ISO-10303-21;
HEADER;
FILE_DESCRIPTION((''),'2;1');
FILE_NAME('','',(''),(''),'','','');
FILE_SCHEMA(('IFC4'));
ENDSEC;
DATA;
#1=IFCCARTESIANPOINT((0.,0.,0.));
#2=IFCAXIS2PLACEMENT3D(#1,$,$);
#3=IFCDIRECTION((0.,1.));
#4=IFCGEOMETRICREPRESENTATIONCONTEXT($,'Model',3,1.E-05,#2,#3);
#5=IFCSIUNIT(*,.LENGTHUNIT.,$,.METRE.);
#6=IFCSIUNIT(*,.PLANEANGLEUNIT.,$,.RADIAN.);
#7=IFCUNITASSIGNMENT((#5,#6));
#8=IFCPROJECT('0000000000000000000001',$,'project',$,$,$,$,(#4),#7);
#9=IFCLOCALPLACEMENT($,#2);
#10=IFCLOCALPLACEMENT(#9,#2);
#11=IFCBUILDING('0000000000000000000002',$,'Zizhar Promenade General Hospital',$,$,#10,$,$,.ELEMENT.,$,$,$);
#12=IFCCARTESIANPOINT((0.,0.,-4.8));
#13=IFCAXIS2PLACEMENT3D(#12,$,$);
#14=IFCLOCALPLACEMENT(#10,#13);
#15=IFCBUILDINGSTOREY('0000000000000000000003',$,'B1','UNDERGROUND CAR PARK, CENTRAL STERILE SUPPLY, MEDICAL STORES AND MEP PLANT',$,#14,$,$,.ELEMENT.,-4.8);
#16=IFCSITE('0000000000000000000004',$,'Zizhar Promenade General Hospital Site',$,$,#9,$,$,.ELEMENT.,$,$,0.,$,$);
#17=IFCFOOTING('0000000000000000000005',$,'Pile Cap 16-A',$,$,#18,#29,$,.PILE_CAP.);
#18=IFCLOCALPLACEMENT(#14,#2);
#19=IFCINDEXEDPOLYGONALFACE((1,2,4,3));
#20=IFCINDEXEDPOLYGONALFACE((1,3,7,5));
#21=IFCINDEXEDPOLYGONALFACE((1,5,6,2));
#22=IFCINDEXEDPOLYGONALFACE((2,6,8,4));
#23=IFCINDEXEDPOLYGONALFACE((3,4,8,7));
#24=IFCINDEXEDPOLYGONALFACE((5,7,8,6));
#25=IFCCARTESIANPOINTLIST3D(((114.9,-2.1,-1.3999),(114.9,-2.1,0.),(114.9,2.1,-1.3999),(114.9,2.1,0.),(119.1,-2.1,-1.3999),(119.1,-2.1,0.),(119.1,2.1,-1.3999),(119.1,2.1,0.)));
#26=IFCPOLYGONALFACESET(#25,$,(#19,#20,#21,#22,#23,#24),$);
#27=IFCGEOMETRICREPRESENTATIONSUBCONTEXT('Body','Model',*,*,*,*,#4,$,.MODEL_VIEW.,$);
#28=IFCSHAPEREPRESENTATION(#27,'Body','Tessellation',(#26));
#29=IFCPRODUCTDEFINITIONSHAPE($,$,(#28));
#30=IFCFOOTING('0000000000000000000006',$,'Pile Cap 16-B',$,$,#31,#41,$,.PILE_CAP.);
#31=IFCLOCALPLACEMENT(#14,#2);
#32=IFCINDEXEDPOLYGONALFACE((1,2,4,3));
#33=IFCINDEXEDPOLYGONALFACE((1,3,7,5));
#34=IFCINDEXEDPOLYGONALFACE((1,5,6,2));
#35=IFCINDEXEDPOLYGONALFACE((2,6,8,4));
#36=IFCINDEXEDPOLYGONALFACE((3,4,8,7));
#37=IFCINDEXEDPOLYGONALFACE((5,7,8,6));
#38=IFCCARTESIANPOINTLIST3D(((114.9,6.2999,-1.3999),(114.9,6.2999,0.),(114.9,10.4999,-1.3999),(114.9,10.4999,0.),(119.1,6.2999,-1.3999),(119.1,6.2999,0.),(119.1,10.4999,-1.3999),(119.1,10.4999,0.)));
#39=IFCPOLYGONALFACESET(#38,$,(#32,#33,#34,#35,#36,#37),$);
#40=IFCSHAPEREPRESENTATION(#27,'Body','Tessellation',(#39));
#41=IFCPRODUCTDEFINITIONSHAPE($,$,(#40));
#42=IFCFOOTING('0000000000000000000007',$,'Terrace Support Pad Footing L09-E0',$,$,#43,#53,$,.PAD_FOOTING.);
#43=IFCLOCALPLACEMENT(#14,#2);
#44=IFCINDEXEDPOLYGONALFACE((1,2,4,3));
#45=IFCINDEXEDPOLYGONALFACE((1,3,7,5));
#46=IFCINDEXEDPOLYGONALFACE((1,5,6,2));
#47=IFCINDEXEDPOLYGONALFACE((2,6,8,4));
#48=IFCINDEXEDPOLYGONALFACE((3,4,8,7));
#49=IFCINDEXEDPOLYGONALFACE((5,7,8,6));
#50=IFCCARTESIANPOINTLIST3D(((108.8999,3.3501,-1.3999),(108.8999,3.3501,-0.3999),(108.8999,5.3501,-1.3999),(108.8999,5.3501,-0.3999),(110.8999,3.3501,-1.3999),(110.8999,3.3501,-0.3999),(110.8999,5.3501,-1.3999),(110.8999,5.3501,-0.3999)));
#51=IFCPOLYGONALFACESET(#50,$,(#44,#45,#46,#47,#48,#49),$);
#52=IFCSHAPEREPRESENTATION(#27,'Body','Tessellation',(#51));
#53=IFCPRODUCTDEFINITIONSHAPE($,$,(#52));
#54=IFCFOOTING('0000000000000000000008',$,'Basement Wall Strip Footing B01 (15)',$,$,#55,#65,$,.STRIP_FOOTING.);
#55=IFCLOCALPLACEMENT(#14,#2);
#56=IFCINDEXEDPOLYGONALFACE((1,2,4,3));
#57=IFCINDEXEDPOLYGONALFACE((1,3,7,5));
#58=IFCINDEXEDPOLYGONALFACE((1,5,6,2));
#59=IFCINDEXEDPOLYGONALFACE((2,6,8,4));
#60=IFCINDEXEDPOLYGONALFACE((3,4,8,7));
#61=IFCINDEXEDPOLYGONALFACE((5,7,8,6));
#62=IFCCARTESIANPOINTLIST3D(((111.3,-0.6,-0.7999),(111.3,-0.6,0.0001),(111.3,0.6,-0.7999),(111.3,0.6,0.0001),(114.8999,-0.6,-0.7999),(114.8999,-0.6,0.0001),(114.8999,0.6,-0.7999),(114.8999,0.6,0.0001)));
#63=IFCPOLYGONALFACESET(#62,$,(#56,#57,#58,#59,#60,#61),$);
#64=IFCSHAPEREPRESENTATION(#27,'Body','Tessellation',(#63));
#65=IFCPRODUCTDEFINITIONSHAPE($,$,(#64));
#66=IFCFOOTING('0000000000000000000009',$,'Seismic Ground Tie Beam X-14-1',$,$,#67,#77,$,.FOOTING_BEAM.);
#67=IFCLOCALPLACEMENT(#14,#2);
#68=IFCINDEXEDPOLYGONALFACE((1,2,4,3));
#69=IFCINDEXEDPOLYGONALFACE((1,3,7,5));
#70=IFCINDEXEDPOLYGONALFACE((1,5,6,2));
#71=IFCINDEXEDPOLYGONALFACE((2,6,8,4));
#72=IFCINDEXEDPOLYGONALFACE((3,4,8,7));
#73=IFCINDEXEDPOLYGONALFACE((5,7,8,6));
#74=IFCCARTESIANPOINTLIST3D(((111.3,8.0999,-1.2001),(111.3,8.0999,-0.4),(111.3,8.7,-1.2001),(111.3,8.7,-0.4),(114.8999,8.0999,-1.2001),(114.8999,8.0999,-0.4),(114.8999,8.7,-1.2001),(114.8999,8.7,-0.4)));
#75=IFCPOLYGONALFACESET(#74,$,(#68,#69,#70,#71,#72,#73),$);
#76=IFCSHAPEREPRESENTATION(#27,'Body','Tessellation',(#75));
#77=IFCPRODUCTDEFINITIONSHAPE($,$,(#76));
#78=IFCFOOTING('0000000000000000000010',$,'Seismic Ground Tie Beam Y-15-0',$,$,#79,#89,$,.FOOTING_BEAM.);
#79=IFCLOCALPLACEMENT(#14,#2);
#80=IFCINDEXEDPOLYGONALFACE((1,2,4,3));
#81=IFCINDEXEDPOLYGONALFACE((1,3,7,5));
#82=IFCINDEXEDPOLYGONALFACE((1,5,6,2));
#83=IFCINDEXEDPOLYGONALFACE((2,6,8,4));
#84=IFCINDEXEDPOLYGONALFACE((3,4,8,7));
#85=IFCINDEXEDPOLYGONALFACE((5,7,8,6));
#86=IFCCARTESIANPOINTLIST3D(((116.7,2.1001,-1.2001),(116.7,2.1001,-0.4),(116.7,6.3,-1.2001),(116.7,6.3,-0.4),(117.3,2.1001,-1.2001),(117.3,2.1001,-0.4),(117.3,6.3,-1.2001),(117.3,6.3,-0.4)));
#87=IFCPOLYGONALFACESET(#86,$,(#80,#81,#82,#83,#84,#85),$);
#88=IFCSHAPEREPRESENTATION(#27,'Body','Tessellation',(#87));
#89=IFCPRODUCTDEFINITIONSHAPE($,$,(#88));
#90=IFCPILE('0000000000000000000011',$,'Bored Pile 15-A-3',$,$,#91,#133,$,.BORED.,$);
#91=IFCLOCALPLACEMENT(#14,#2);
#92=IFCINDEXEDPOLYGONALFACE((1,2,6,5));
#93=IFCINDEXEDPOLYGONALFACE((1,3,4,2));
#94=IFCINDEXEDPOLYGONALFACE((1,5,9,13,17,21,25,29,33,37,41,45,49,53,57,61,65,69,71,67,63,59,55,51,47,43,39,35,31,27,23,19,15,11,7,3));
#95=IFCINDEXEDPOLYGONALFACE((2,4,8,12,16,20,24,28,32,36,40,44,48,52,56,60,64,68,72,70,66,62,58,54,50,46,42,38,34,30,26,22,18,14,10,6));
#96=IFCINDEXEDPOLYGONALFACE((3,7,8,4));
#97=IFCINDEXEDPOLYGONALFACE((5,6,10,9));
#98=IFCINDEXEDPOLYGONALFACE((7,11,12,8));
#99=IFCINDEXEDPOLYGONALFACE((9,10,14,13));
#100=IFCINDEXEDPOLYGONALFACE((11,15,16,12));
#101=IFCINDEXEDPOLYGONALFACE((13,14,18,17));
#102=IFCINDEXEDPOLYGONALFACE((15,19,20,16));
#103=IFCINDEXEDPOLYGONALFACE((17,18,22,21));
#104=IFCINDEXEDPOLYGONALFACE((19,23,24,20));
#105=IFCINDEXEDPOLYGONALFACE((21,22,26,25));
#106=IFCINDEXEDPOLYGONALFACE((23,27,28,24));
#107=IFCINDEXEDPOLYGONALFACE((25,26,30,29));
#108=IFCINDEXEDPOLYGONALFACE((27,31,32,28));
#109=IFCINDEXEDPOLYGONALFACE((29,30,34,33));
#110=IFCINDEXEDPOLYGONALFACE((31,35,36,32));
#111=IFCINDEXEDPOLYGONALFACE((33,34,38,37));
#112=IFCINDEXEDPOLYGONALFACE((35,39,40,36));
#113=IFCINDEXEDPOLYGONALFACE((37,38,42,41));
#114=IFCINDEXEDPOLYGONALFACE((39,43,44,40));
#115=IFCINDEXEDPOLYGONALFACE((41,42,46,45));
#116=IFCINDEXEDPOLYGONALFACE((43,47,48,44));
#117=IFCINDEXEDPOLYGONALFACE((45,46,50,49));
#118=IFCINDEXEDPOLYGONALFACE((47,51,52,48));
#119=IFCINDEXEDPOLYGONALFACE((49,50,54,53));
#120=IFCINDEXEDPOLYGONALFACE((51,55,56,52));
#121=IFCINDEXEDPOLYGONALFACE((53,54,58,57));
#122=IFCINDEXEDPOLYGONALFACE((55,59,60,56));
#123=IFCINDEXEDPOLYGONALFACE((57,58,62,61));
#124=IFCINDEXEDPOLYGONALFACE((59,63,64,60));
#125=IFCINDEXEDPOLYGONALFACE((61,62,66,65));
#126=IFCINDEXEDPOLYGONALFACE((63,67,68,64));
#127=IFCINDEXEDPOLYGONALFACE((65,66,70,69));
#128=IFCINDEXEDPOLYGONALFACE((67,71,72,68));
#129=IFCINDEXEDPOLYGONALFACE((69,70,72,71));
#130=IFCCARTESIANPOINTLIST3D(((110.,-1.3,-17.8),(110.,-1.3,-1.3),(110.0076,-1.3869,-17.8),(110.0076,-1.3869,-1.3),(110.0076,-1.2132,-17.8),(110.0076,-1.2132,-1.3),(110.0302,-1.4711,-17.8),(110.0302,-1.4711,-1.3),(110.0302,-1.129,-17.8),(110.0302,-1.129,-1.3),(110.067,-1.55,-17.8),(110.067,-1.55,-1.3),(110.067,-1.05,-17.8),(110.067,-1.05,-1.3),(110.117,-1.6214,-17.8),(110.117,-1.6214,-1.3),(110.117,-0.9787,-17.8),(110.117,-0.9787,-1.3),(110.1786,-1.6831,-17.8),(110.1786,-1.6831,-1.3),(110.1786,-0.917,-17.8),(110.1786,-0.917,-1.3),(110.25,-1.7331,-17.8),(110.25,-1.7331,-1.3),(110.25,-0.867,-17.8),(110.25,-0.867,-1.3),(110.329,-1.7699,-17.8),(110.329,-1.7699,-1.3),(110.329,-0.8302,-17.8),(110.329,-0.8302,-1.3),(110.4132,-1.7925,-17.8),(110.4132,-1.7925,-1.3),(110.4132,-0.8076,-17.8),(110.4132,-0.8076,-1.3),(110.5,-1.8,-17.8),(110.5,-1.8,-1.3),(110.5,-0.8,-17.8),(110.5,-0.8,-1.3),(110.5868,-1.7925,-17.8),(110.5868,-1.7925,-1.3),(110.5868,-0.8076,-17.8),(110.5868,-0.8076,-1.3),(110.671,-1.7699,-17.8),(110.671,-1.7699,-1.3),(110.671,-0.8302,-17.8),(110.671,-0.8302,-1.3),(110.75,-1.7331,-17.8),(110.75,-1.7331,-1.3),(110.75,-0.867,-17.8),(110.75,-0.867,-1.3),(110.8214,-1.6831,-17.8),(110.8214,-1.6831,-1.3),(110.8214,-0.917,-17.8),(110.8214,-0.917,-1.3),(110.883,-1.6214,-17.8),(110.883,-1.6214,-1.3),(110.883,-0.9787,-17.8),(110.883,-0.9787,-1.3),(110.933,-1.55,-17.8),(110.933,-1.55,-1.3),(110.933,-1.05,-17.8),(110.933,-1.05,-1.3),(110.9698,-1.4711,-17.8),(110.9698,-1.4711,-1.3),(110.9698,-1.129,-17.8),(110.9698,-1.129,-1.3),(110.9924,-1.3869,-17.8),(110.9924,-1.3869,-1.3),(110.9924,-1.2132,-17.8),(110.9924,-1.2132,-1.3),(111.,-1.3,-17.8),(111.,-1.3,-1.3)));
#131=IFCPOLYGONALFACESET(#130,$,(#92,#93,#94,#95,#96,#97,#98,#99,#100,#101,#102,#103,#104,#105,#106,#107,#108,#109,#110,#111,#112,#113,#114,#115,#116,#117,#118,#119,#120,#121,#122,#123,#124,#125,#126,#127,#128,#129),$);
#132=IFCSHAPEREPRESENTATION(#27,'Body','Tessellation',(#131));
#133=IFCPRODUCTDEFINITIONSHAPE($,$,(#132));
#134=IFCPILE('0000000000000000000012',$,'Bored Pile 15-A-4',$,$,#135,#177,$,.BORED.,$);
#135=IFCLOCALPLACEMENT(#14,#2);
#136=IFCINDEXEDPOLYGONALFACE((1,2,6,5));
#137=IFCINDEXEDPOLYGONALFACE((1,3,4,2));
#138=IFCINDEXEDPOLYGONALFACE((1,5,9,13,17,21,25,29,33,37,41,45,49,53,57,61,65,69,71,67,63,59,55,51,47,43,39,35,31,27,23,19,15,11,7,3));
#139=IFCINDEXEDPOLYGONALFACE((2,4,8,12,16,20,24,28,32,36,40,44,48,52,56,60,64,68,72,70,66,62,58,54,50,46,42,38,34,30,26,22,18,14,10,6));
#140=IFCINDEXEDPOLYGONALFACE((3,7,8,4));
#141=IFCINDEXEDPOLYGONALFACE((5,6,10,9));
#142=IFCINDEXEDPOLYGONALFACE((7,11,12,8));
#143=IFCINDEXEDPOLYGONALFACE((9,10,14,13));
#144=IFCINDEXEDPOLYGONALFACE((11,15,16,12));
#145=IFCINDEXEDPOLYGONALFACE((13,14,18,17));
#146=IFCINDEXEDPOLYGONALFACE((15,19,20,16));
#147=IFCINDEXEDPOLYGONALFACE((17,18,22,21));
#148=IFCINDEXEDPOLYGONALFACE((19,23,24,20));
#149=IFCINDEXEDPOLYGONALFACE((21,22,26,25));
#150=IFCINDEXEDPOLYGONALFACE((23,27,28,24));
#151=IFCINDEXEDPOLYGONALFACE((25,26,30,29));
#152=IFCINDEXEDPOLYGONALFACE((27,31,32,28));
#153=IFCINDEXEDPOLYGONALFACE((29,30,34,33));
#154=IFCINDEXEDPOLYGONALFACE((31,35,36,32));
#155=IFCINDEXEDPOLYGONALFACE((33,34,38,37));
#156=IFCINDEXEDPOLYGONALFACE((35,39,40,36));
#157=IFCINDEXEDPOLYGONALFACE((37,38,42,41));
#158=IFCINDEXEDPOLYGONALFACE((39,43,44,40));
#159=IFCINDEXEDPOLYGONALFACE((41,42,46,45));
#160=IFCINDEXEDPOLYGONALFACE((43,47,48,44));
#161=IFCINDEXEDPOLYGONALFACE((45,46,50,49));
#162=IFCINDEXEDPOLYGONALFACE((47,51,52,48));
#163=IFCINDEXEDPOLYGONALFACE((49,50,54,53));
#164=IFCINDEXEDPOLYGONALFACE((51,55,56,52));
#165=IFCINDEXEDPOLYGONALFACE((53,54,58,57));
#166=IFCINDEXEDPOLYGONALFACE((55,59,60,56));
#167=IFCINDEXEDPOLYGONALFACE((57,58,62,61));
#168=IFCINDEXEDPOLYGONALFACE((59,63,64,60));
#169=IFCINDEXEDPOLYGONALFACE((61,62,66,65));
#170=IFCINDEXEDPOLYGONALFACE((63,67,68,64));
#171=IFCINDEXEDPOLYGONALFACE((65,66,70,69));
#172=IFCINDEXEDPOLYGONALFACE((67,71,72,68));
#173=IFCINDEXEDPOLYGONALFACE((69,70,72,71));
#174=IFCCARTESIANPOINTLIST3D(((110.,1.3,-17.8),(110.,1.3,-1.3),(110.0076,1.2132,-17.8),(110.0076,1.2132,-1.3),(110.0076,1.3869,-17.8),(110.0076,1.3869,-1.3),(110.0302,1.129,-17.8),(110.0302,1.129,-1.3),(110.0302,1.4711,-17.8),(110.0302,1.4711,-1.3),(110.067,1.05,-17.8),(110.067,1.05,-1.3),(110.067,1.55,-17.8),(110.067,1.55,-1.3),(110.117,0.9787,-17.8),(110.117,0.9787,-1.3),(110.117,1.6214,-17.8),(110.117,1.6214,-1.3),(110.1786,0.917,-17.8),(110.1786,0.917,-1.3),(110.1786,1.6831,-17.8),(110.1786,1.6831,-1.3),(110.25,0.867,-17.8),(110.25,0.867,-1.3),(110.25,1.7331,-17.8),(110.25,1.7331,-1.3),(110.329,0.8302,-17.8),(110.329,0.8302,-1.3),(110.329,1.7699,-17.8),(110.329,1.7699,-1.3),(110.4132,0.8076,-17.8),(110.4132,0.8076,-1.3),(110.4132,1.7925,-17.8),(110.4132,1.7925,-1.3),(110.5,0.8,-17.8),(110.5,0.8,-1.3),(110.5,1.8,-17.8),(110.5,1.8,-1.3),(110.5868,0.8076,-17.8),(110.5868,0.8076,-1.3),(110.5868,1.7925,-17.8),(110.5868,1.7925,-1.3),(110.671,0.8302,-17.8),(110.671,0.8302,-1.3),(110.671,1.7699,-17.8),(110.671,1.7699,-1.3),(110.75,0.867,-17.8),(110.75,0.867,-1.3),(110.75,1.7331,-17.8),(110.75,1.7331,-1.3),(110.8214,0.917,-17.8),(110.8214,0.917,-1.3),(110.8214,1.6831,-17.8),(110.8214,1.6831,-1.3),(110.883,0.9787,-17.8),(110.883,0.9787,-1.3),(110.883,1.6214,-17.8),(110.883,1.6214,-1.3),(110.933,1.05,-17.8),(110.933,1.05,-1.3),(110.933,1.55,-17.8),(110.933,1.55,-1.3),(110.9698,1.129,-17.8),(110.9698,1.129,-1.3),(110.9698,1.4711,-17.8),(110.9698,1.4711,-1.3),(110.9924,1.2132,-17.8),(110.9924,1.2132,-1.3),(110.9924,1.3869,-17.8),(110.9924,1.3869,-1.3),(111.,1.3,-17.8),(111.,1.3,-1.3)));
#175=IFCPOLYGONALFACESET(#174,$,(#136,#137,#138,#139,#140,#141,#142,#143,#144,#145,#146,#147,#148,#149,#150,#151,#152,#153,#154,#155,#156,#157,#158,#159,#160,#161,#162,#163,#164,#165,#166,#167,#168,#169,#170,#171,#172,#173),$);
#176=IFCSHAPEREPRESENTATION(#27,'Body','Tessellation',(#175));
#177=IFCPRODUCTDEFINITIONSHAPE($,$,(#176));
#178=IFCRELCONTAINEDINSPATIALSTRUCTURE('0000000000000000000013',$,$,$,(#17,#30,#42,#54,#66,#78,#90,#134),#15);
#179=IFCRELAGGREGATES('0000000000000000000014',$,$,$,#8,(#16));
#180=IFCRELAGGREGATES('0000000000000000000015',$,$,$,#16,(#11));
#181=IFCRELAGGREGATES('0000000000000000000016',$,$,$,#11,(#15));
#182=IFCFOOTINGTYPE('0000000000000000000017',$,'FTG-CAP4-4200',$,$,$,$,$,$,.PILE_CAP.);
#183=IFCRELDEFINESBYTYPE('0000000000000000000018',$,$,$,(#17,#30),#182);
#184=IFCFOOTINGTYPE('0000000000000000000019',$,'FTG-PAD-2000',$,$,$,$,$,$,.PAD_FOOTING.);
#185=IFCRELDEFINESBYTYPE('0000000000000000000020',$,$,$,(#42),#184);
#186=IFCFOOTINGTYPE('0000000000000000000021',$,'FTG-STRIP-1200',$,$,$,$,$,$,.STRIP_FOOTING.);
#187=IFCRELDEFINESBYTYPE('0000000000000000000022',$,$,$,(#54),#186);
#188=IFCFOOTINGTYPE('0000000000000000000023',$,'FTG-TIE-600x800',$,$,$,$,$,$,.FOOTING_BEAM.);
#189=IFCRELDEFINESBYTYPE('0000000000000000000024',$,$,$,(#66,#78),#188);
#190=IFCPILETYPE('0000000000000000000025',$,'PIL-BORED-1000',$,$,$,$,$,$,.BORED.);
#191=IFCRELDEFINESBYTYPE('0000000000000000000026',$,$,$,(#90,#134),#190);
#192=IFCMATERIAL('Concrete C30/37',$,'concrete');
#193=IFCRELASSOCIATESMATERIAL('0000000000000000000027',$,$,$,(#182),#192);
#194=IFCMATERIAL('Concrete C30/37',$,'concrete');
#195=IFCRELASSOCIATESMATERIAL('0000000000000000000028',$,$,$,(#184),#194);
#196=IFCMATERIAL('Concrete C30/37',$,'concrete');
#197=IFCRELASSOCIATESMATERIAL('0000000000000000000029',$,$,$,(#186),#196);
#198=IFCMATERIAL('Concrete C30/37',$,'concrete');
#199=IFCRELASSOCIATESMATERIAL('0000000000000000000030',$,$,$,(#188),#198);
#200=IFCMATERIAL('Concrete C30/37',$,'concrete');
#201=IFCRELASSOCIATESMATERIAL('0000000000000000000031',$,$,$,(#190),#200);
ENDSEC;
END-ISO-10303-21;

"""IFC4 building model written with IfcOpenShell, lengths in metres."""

from ifc_helpers import new_model, si_unit, direction, frame, origin, origin_2d, place, context, subcontext, project, spatial, rectangle, circle, extrude, material, material_profile, profile_set, type_object, element, save


model = new_model("IFC4")

# Units and contexts
model_context = context("Model", 3, precision=1e-05, world=origin(), true_north=direction((0.0, 1.0)))
body_context = subcontext(model_context, "Body", "Model", "MODEL_VIEW")
ifc_project = project(units=[si_unit("LENGTHUNIT", "METRE"), si_unit("PLANEANGLEUNIT", "RADIAN")], contexts=[model_context])

# Site, building, storey
site_placement = place(None, origin())
site = spatial("IfcSite", under=ifc_project, at=site_placement, Name="Zizhar Promenade General Hospital Site", CompositionType="ELEMENT", RefElevation=0.0)
building_placement = place(site_placement, origin())
building = spatial("IfcBuilding", under=site, at=building_placement, Name="Zizhar Promenade General Hospital", CompositionType="ELEMENT")
storey_placement = place(building_placement, frame((0.0, 0.0, -4.8)))
storey = spatial("IfcBuildingStorey", under=building, at=storey_placement, Name="B1", Description="UNDERGROUND CAR PARK, CENTRAL STERILE SUPPLY, MEDICAL STORES AND MEP PLANT", CompositionType="ELEMENT", Elevation=-4.8)

# Footings
ifc_material_1 = material(Name="Concrete C30/37", Category="concrete")
footing_type_1 = type_object("IfcFootingType", Name="FTG-CAP4-4200", PredefinedType="PILE_CAP", material=ifc_material_1)
for number, where, z_axis, x_axis, name in (
    (1, (117.0, 0.0, -1.3999), (0.0, 0.0, 1.0), (1.0, 0.0, 0.0), "Pile Cap 16-A"),
    (2, (117.0, 8.3999, -1.3999), (0.0, 0.0, 1.0), (1.0, 0.0, 0.0), "Pile Cap 16-B"),
):
    element("IfcFooting", number, at=place(storey_placement, frame(where, z_axis=z_axis, x_axis=x_axis)), inside=storey, type_object=footing_type_1, Name=name, PredefinedType="PILE_CAP", context=body_context, shape_type="SweptSolid", body=[
        extrude(rectangle(XDim=4.2, YDim=4.2, at=origin_2d()), origin(), (0.0, 0.0, 1.0), 1.3999),
    ])
ifc_material_2 = material(Name="Concrete C30/37", Category="concrete")
footing_type_2 = type_object("IfcFootingType", Name="FTG-PAD-2000", PredefinedType="PAD_FOOTING", material=ifc_material_2)
footing_1_placement = place(storey_placement, frame((109.8999, 4.3501, -1.3999), z_axis=(0.0, 0.0, 1.0), x_axis=(1.0, 0.0, 0.0)))
element("IfcFooting", 3, at=footing_1_placement, inside=storey, type_object=footing_type_2, Name="Terrace Support Pad Footing L09-E0", PredefinedType="PAD_FOOTING", context=body_context, shape_type="SweptSolid", body=[
    extrude(rectangle(XDim=2.0, YDim=2.0, at=origin_2d()), origin(), (0.0, 0.0, 1.0), 1.0),
])
ifc_material_3 = material(Name="Concrete C30/37", Category="concrete")
ifc_material_profile_1 = material_profile(ifc_material_3, rectangle(XDim=1.2, YDim=0.8, at=origin_2d()))
ifc_profile_set_1 = profile_set([ifc_material_profile_1], Name="Concrete C30/37")
footing_type_3 = type_object("IfcFootingType", Name="FTG-STRIP-1200", PredefinedType="STRIP_FOOTING", material=ifc_profile_set_1)
footing_2_placement = place(storey_placement, frame((111.3, 0.0, -0.3999), z_axis=(1.0, 0.0, 0.0), x_axis=(0.0, 1.0, 0.0)))
element("IfcFooting", 4, at=footing_2_placement, inside=storey, type_object=footing_type_3, Name="Basement Wall Strip Footing B01 (15)", PredefinedType="STRIP_FOOTING", context=body_context, shape_type="SweptSolid", body=[
    extrude(rectangle(XDim=1.2, YDim=0.8, at=origin_2d()), origin(), (0.0, 0.0, 1.0), 3.5999),
])
ifc_material_4 = material(Name="Concrete C30/37", Category="concrete")
ifc_material_profile_2 = material_profile(ifc_material_4, rectangle(XDim=0.6001, YDim=0.8, at=origin_2d()))
ifc_profile_set_2 = profile_set([ifc_material_profile_2], Name="Concrete C30/37")
footing_type_4 = type_object("IfcFootingType", Name="FTG-TIE-600x800", PredefinedType="FOOTING_BEAM", material=ifc_profile_set_2)
footing_3_placement = place(storey_placement, frame((111.3, 8.3999, -0.8), z_axis=(1.0, 0.0, 0.0), x_axis=(0.0, 1.0, 0.0)))
element("IfcFooting", 5, at=footing_3_placement, inside=storey, type_object=footing_type_4, Name="Seismic Ground Tie Beam X-14-1", PredefinedType="FOOTING_BEAM", context=body_context, shape_type="SweptSolid", body=[
    extrude(rectangle(XDim=0.6001, YDim=0.8, at=origin_2d()), origin(), (0.0, 0.0, 1.0), 3.5999),
])
footing_4_placement = place(storey_placement, frame((117.0, 2.1001, -0.8), z_axis=(0.0, 1.0, 0.0), x_axis=(-1.0, 0.0, 0.0)))
element("IfcFooting", 6, at=footing_4_placement, inside=storey, type_object=footing_type_4, Name="Seismic Ground Tie Beam Y-15-0", PredefinedType="FOOTING_BEAM", context=body_context, shape_type="SweptSolid", body=[
    extrude(rectangle(XDim=0.6001, YDim=0.8, at=origin_2d()), origin(), (0.0, 0.0, 1.0), 4.2),
])

# Piles
ifc_material_5 = material(Name="Concrete C30/37", Category="concrete")
ifc_material_profile_3 = material_profile(ifc_material_5, circle(Radius=0.5, at=origin_2d()))
ifc_profile_set_3 = profile_set([ifc_material_profile_3], Name="Concrete C30/37")
pile_type = type_object("IfcPileType", Name="PIL-BORED-1000", PredefinedType="BORED", material=ifc_profile_set_3)
for number, where, z_axis, x_axis, name in (
    (7, (110.5, -1.3, -1.3), (0.0, 0.0, -1.0), (1.0, 0.0, 0.0), "Bored Pile 15-A-3"),
    (8, (110.5, 1.3, -1.3), (0.0, 0.0, -1.0), (1.0, 0.0, 0.0), "Bored Pile 15-A-4"),
):
    element("IfcPile", number, at=place(storey_placement, frame(where, z_axis=z_axis, x_axis=x_axis)), inside=storey, type_object=pile_type, Name=name, PredefinedType="BORED", context=body_context, shape_type="SweptSolid", body=[
        extrude(circle(Radius=0.5, at=origin_2d()), origin(), (0.0, 0.0, 1.0), 16.5),
    ])

save(model, "model.ifc")
